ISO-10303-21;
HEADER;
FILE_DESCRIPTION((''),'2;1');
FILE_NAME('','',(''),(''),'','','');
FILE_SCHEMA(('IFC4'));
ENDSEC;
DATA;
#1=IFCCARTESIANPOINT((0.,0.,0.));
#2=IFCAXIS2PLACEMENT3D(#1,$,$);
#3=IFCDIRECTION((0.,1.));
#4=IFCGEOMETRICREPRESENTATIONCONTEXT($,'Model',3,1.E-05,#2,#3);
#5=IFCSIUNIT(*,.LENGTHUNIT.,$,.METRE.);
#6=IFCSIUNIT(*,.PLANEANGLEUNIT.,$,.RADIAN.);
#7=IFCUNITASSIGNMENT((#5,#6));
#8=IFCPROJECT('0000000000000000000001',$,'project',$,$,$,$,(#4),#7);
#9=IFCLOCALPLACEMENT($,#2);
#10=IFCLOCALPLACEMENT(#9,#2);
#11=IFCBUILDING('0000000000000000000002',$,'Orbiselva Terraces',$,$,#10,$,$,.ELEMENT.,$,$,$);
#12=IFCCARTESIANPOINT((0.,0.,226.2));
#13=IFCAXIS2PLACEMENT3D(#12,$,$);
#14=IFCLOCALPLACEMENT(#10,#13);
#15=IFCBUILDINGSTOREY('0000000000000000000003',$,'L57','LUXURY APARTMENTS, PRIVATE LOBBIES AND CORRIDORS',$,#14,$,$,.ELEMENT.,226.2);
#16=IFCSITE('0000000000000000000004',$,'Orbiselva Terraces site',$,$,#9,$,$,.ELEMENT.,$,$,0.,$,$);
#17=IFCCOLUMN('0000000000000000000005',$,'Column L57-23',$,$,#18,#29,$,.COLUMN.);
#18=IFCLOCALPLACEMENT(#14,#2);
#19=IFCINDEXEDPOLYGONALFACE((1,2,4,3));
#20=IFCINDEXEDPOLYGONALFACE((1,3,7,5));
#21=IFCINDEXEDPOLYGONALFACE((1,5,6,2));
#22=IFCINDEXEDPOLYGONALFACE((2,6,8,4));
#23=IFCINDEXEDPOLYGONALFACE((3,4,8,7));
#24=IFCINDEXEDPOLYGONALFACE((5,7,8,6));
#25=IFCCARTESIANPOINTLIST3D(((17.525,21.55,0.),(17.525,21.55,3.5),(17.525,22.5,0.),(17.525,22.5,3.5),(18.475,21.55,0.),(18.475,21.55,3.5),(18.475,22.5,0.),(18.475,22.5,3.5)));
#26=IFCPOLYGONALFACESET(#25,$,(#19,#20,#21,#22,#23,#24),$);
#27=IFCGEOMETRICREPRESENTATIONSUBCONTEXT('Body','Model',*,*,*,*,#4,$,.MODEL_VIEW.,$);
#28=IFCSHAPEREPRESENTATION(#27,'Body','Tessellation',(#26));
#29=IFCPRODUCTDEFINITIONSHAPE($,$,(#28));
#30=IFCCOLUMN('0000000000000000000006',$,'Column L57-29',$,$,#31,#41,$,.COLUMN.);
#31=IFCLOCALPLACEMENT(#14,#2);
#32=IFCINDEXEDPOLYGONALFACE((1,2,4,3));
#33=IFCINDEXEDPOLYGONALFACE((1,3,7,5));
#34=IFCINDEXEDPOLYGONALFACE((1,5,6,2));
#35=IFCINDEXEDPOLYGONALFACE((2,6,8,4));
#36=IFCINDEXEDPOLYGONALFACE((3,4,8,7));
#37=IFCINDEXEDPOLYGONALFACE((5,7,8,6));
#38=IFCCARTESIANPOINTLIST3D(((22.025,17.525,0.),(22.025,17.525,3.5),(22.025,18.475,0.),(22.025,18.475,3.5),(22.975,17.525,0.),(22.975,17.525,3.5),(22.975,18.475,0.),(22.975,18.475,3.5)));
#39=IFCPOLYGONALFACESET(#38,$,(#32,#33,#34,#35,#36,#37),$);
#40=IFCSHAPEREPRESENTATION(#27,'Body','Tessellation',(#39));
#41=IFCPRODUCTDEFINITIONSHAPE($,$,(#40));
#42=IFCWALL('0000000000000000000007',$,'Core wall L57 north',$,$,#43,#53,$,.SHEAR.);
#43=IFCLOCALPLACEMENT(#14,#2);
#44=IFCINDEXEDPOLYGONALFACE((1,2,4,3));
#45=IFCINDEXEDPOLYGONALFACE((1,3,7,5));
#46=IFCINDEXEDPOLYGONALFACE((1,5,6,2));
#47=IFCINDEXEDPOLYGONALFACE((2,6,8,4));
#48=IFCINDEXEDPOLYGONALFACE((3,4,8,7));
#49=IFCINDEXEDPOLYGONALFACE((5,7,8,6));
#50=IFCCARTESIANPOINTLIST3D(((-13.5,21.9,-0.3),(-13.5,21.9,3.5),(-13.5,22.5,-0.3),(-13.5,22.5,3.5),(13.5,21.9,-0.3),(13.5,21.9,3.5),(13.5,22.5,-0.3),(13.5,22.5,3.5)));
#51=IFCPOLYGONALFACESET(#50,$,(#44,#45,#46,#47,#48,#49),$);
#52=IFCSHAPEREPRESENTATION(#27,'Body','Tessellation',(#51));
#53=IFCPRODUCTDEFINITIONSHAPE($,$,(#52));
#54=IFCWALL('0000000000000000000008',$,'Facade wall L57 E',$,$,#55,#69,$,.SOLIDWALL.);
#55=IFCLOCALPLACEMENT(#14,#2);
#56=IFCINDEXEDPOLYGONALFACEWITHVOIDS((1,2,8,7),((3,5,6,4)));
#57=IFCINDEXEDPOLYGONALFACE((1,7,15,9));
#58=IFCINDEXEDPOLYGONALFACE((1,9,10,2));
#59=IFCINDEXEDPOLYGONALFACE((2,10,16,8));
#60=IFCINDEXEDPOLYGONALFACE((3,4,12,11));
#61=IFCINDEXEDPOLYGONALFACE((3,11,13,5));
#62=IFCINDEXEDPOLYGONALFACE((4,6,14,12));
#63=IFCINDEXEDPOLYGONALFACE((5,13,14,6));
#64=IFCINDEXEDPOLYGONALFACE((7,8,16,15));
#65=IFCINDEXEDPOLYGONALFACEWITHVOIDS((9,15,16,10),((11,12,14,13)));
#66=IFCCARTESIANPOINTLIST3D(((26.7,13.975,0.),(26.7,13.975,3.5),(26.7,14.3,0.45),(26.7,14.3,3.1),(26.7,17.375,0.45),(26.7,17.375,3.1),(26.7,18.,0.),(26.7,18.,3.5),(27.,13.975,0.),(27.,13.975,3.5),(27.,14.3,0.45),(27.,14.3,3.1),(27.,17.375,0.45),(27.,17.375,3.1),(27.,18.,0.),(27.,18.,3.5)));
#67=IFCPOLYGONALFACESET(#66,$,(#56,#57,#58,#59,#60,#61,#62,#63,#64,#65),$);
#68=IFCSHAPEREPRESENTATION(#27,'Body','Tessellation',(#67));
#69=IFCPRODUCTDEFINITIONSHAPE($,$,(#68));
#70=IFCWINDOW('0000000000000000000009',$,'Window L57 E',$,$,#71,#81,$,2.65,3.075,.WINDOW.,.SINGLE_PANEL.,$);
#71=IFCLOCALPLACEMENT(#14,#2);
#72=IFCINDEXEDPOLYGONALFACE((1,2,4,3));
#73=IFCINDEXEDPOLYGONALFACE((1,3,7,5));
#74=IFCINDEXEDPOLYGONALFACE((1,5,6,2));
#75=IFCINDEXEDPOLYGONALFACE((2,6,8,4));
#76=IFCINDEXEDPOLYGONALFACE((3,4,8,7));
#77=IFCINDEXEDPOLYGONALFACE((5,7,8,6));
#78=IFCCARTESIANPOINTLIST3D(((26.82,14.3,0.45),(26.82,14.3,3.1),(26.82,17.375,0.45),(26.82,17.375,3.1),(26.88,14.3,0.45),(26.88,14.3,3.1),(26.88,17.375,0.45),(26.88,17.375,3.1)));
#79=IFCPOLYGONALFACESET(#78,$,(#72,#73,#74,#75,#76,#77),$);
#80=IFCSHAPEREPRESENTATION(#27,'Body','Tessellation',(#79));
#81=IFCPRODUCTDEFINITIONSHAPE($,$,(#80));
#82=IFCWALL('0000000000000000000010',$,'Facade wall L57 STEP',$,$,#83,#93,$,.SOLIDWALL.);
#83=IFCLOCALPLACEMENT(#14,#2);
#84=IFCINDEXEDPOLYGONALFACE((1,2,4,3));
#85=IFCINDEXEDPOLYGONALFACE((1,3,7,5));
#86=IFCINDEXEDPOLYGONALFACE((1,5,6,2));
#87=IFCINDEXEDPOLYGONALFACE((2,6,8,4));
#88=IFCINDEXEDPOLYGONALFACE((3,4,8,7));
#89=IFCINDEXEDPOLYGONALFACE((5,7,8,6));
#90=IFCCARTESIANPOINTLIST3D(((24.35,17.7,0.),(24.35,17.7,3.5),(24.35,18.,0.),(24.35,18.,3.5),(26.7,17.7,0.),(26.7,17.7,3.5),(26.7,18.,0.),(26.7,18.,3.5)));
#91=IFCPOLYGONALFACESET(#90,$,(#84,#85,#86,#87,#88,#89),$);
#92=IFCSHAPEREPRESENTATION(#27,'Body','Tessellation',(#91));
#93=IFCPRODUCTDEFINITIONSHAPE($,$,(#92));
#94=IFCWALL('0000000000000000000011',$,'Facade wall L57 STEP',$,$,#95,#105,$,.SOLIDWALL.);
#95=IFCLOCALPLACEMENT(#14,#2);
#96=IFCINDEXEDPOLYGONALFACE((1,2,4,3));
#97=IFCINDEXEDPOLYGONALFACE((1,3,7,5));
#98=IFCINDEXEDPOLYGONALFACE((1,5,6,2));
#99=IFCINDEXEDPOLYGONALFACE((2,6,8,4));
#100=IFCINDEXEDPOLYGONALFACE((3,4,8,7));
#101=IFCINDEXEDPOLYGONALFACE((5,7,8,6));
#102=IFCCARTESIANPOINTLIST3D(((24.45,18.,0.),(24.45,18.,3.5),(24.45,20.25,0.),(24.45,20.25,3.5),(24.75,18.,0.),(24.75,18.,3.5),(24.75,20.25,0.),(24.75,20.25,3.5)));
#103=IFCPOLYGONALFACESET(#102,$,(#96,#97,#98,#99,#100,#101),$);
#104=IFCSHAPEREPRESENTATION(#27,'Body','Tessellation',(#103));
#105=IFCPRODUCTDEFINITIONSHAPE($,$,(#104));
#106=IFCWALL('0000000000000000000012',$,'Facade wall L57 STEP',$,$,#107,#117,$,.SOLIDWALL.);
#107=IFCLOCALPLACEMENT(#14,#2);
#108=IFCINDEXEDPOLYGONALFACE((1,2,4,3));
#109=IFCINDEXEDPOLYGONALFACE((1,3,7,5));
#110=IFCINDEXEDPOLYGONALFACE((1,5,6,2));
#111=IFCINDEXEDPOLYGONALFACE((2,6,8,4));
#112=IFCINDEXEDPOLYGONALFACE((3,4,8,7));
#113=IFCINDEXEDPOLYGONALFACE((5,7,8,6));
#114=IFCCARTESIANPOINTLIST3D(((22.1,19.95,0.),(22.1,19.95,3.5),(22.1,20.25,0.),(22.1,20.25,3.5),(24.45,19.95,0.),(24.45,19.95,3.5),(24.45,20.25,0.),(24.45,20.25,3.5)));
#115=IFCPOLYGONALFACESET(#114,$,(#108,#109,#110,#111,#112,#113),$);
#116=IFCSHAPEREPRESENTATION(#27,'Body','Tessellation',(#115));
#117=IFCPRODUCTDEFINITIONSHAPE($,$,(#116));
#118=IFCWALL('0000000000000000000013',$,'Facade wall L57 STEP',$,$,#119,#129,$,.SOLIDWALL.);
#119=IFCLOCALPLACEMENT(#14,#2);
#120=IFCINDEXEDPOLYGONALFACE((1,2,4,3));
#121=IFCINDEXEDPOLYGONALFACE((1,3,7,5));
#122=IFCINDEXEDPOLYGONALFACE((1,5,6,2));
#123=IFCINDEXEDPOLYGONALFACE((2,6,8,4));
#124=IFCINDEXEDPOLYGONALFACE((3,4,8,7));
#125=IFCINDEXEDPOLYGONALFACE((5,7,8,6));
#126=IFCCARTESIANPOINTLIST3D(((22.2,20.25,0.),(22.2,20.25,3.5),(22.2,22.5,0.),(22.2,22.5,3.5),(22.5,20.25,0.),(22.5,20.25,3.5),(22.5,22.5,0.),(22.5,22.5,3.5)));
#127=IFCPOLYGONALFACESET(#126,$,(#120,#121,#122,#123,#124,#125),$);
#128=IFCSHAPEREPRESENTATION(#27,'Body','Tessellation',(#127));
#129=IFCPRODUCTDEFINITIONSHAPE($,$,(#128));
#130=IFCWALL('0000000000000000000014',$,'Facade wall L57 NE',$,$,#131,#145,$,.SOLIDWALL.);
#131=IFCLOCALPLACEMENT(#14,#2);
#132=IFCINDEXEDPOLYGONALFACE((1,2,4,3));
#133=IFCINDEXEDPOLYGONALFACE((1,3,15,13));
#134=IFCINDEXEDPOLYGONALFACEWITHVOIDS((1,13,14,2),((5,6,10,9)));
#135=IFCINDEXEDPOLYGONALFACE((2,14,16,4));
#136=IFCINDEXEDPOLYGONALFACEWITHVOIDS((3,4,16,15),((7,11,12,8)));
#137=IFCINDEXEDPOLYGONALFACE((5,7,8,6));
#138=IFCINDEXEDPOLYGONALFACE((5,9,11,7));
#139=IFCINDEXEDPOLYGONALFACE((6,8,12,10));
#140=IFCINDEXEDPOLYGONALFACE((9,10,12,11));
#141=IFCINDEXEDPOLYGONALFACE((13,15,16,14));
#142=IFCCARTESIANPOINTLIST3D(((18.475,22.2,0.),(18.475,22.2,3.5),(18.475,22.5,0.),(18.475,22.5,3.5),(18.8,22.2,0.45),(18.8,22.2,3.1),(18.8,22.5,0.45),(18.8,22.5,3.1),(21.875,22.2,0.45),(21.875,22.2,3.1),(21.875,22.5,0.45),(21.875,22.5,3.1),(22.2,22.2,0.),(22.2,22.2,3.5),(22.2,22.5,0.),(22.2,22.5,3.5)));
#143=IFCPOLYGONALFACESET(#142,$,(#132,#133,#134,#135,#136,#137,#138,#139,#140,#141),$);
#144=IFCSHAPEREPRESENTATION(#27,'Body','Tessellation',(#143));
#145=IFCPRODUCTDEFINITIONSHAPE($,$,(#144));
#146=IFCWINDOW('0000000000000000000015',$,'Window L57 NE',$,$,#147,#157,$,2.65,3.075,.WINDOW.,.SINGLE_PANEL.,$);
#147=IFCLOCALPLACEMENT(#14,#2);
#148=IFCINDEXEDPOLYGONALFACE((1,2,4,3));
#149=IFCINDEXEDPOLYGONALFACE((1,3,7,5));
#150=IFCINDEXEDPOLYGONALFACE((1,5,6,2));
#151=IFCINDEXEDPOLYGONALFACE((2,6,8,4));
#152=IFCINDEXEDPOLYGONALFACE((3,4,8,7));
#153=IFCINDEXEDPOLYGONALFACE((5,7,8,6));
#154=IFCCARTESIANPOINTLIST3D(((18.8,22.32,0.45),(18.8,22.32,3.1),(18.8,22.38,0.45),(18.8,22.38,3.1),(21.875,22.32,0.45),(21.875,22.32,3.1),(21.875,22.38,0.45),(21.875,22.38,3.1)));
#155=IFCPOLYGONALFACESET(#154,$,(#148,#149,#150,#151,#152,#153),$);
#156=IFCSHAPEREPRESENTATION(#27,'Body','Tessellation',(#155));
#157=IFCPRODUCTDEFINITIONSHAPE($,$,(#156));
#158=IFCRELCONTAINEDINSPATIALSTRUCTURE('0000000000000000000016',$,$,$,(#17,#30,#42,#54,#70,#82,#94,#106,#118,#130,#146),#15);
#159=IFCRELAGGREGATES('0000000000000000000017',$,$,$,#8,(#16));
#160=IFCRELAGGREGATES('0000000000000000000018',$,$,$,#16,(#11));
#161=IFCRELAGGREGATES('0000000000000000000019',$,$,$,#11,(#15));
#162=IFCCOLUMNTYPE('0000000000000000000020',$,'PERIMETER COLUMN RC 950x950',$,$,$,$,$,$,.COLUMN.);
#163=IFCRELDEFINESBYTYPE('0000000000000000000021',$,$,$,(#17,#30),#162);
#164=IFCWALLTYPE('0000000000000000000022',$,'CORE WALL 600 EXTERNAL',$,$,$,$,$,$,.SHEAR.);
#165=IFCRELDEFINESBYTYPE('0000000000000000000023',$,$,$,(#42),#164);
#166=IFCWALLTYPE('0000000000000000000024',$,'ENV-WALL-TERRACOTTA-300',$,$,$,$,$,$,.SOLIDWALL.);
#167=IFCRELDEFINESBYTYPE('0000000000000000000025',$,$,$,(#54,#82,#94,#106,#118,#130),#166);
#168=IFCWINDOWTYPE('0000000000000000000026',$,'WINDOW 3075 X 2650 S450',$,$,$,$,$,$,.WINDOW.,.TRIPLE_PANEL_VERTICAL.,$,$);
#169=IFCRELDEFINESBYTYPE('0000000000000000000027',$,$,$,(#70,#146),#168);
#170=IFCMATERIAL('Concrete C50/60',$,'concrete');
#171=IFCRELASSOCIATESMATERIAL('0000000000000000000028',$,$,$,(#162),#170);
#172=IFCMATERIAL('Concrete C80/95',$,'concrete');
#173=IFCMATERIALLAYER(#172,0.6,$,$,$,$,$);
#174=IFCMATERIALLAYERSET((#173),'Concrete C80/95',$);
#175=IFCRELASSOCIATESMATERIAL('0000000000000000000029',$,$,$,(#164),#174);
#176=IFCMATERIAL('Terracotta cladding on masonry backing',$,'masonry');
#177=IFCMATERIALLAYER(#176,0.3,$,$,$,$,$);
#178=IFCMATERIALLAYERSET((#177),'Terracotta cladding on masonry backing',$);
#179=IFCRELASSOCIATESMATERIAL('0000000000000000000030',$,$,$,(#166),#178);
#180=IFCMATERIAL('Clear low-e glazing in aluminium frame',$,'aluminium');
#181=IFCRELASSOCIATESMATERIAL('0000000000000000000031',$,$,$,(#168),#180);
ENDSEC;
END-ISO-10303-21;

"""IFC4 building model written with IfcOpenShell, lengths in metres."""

from ifc_helpers import new_model, si_unit, direction, frame, frame_2d, origin, origin_2d, place, context, subcontext, project, spatial, rectangle, extrude, material, layer, layer_set, material_profile, profile_set, type_object, element, fill, save


model = new_model("IFC4")

# Units and contexts
model_context = context("Model", 3, precision=1e-05, world=origin(), true_north=direction((0.0, 1.0)))
body_context = subcontext(model_context, "Body", "Model", "MODEL_VIEW")
ifc_project = project(units=[si_unit("LENGTHUNIT", "METRE"), si_unit("PLANEANGLEUNIT", "RADIAN")], contexts=[model_context])

# Site, building, storey
site_placement = place(None, origin())
site = spatial("IfcSite", under=ifc_project, at=site_placement, Name="Orbiselva Terraces site", CompositionType="ELEMENT", RefElevation=0.0)
building_placement = place(site_placement, origin())
building = spatial("IfcBuilding", under=site, at=building_placement, Name="Orbiselva Terraces", CompositionType="ELEMENT")
storey_placement = place(building_placement, frame((0.0, 0.0, 226.2)))
storey = spatial("IfcBuildingStorey", under=building, at=storey_placement, Name="L57", Description="LUXURY APARTMENTS, PRIVATE LOBBIES AND CORRIDORS", CompositionType="ELEMENT", Elevation=226.2)

# Columns
ifc_material_1 = material(Name="Concrete C50/60", Category="concrete")
ifc_material_profile = material_profile(ifc_material_1, rectangle(XDim=0.95, YDim=0.95, at=origin_2d()), Name="RC 950x950")
ifc_profile_set = profile_set([ifc_material_profile], Name="Concrete C50/60")
column_type = type_object("IfcColumnType", Name="PERIMETER COLUMN RC 950x950", PredefinedType="COLUMN", material=ifc_profile_set)
for number, where, z_axis, x_axis, name in (
    (1, (18.0, 22.025, 0.0), (0.0, 0.0, 1.0), (1.0, 0.0, 0.0), "Column L57-23"),
    (2, (22.5, 18.0, 0.0), (0.0, 0.0, 1.0), (1.0, 0.0, 0.0), "Column L57-29"),
):
    element("IfcColumn", number, at=place(storey_placement, frame(where, z_axis=z_axis, x_axis=x_axis)), inside=storey, type_object=column_type, Name=name, PredefinedType="COLUMN", context=body_context, shape_type="SweptSolid", body=[
        extrude(rectangle(XDim=0.95, YDim=0.95, at=origin_2d()), origin(), (0.0, 0.0, 1.0), 3.5),
    ])

# Wall
ifc_material_2 = material(Name="Concrete C80/95", Category="concrete")
ifc_layer_1 = layer(ifc_material_2, 0.6)
ifc_layer_set_1 = layer_set([ifc_layer_1], Name="Concrete C80/95")
wall_type_1 = type_object("IfcWallType", Name="CORE WALL 600 EXTERNAL", PredefinedType="SHEAR", material=ifc_layer_set_1)
wall_1_placement = place(storey_placement, frame((13.5, 22.2, -0.3), z_axis=(0.0, 0.0, 1.0), x_axis=(-1.0, 0.0, 0.0)))
element("IfcWall", 3, at=wall_1_placement, inside=storey, type_object=wall_type_1, Name="Core wall L57 north", PredefinedType="SHEAR", context=body_context, shape_type="SweptSolid", body=[
    extrude(rectangle(XDim=27.0, YDim=0.6, at=frame_2d((13.5, 0.0))), origin(), (0.0, 0.0, 1.0), 3.8),
])

# Wall, opening, window
ifc_material_3 = material(Name="Terracotta cladding on masonry backing", Category="masonry")
ifc_layer_2 = layer(ifc_material_3, 0.3)
ifc_layer_set_2 = layer_set([ifc_layer_2], Name="Terracotta cladding on masonry backing")
wall_type_2 = type_object("IfcWallType", Name="ENV-WALL-TERRACOTTA-300", PredefinedType="SOLIDWALL", material=ifc_layer_set_2)
wall_2_placement = place(storey_placement, frame((26.85, 18.0, 0.0), z_axis=(0.0, 0.0, 1.0), x_axis=(0.0, -1.0, 0.0)))
wall_2 = element("IfcWall", 4, at=wall_2_placement, inside=storey, type_object=wall_type_2, Name="Facade wall L57 E", PredefinedType="SOLIDWALL", context=body_context, shape_type="SweptSolid", body=[
    extrude(rectangle(XDim=4.025, YDim=0.3, at=frame_2d((2.0125, 0.0))), origin(), (0.0, 0.0, 1.0), 3.5),
])
opening_1_placement = place(wall_2_placement, frame((0.625, 0.0, 0.45)))
opening_1 = element("IfcOpeningElement", 5, at=opening_1_placement, cuts=wall_2, PredefinedType="OPENING", context=body_context, shape_type="SweptSolid", body=[
    extrude(rectangle(XDim=3.075, YDim=2.65, at=frame_2d((1.5375, 1.325))), frame((0.0, 0.16, 0.0), z_axis=(0.0, -1.0, 0.0), x_axis=(1.0, 0.0, 0.0)), (0.0, 0.0, 1.0), 0.32),
])
ifc_material_4 = material(Name="Clear low-e glazing in aluminium frame", Category="aluminium")
window_type = type_object("IfcWindowType", Name="WINDOW 3075 X 2650 S450", PartitioningType="TRIPLE_PANEL_VERTICAL", PredefinedType="WINDOW", material=ifc_material_4)
window_1_placement = place(opening_1_placement, origin())
window_1 = element("IfcWindow", 6, at=window_1_placement, inside=storey, type_object=window_type, Name="Window L57 E", OverallHeight=2.65, OverallWidth=3.075, PartitioningType="SINGLE_PANEL", PredefinedType="WINDOW", context=body_context, shape_type="SweptSolid", body=[
    extrude(rectangle(XDim=3.075, YDim=2.65, at=frame_2d((1.5375, 1.325))), frame((0.0, 0.03, 0.0), z_axis=(0.0, -1.0, 0.0), x_axis=(1.0, 0.0, 0.0)), (0.0, 0.0, 1.0), 0.06),
])
fill(opening_1, window_1)

# Walls
wall_3_placement = place(storey_placement, frame((24.35, 17.85, 0.0), z_axis=(0.0, 0.0, 1.0), x_axis=(1.0, 0.0, 0.0)))
element("IfcWall", 7, at=wall_3_placement, inside=storey, type_object=wall_type_2, Name="Facade wall L57 STEP", PredefinedType="SOLIDWALL", context=body_context, shape_type="SweptSolid", body=[
    extrude(rectangle(XDim=2.35, YDim=0.3, at=frame_2d((1.175, 0.0))), origin(), (0.0, 0.0, 1.0), 3.5),
])
wall_4_placement = place(storey_placement, frame((24.6, 20.25, 0.0), z_axis=(0.0, 0.0, 1.0), x_axis=(0.0, -1.0, 0.0)))
element("IfcWall", 8, at=wall_4_placement, inside=storey, type_object=wall_type_2, Name="Facade wall L57 STEP", PredefinedType="SOLIDWALL", context=body_context, shape_type="SweptSolid", body=[
    extrude(rectangle(XDim=2.25, YDim=0.3, at=frame_2d((1.125, 0.0))), origin(), (0.0, 0.0, 1.0), 3.5),
])
wall_5_placement = place(storey_placement, frame((22.1, 20.1, 0.0), z_axis=(0.0, 0.0, 1.0), x_axis=(1.0, 0.0, 0.0)))
element("IfcWall", 9, at=wall_5_placement, inside=storey, type_object=wall_type_2, Name="Facade wall L57 STEP", PredefinedType="SOLIDWALL", context=body_context, shape_type="SweptSolid", body=[
    extrude(rectangle(XDim=2.35, YDim=0.3, at=frame_2d((1.175, 0.0))), origin(), (0.0, 0.0, 1.0), 3.5),
])
wall_6_placement = place(storey_placement, frame((22.35, 22.5, 0.0), z_axis=(0.0, 0.0, 1.0), x_axis=(0.0, -1.0, 0.0)))
element("IfcWall", 10, at=wall_6_placement, inside=storey, type_object=wall_type_2, Name="Facade wall L57 STEP", PredefinedType="SOLIDWALL", context=body_context, shape_type="SweptSolid", body=[
    extrude(rectangle(XDim=2.25, YDim=0.3, at=frame_2d((1.125, 0.0))), origin(), (0.0, 0.0, 1.0), 3.5),
])

# Wall, opening, window
wall_7_placement = place(storey_placement, frame((18.475, 22.35, 0.0), z_axis=(0.0, 0.0, 1.0), x_axis=(1.0, 0.0, 0.0)))
wall_7 = element("IfcWall", 11, at=wall_7_placement, inside=storey, type_object=wall_type_2, Name="Facade wall L57 NE", PredefinedType="SOLIDWALL", context=body_context, shape_type="SweptSolid", body=[
    extrude(rectangle(XDim=3.725, YDim=0.3, at=frame_2d((1.8625, 0.0))), origin(), (0.0, 0.0, 1.0), 3.5),
])
opening_2_placement = place(wall_7_placement, frame((0.325, 0.0, 0.45)))
opening_2 = element("IfcOpeningElement", 12, at=opening_2_placement, cuts=wall_7, PredefinedType="OPENING", context=body_context, shape_type="SweptSolid", body=[
    extrude(rectangle(XDim=3.075, YDim=2.65, at=frame_2d((1.5375, 1.325))), frame((0.0, 0.16, 0.0), z_axis=(0.0, -1.0, 0.0), x_axis=(1.0, 0.0, 0.0)), (0.0, 0.0, 1.0), 0.32),
])
window_2_placement = place(opening_2_placement, origin())
window_2 = element("IfcWindow", 13, at=window_2_placement, inside=storey, type_object=window_type, Name="Window L57 NE", OverallHeight=2.65, OverallWidth=3.075, PartitioningType="SINGLE_PANEL", PredefinedType="WINDOW", context=body_context, shape_type="SweptSolid", body=[
    extrude(rectangle(XDim=3.075, YDim=2.65, at=frame_2d((1.5375, 1.325))), frame((0.0, 0.03, 0.0), z_axis=(0.0, -1.0, 0.0), x_axis=(1.0, 0.0, 0.0)), (0.0, 0.0, 1.0), 0.06),
])
fill(opening_2, window_2)

save(model, "model.ifc")
